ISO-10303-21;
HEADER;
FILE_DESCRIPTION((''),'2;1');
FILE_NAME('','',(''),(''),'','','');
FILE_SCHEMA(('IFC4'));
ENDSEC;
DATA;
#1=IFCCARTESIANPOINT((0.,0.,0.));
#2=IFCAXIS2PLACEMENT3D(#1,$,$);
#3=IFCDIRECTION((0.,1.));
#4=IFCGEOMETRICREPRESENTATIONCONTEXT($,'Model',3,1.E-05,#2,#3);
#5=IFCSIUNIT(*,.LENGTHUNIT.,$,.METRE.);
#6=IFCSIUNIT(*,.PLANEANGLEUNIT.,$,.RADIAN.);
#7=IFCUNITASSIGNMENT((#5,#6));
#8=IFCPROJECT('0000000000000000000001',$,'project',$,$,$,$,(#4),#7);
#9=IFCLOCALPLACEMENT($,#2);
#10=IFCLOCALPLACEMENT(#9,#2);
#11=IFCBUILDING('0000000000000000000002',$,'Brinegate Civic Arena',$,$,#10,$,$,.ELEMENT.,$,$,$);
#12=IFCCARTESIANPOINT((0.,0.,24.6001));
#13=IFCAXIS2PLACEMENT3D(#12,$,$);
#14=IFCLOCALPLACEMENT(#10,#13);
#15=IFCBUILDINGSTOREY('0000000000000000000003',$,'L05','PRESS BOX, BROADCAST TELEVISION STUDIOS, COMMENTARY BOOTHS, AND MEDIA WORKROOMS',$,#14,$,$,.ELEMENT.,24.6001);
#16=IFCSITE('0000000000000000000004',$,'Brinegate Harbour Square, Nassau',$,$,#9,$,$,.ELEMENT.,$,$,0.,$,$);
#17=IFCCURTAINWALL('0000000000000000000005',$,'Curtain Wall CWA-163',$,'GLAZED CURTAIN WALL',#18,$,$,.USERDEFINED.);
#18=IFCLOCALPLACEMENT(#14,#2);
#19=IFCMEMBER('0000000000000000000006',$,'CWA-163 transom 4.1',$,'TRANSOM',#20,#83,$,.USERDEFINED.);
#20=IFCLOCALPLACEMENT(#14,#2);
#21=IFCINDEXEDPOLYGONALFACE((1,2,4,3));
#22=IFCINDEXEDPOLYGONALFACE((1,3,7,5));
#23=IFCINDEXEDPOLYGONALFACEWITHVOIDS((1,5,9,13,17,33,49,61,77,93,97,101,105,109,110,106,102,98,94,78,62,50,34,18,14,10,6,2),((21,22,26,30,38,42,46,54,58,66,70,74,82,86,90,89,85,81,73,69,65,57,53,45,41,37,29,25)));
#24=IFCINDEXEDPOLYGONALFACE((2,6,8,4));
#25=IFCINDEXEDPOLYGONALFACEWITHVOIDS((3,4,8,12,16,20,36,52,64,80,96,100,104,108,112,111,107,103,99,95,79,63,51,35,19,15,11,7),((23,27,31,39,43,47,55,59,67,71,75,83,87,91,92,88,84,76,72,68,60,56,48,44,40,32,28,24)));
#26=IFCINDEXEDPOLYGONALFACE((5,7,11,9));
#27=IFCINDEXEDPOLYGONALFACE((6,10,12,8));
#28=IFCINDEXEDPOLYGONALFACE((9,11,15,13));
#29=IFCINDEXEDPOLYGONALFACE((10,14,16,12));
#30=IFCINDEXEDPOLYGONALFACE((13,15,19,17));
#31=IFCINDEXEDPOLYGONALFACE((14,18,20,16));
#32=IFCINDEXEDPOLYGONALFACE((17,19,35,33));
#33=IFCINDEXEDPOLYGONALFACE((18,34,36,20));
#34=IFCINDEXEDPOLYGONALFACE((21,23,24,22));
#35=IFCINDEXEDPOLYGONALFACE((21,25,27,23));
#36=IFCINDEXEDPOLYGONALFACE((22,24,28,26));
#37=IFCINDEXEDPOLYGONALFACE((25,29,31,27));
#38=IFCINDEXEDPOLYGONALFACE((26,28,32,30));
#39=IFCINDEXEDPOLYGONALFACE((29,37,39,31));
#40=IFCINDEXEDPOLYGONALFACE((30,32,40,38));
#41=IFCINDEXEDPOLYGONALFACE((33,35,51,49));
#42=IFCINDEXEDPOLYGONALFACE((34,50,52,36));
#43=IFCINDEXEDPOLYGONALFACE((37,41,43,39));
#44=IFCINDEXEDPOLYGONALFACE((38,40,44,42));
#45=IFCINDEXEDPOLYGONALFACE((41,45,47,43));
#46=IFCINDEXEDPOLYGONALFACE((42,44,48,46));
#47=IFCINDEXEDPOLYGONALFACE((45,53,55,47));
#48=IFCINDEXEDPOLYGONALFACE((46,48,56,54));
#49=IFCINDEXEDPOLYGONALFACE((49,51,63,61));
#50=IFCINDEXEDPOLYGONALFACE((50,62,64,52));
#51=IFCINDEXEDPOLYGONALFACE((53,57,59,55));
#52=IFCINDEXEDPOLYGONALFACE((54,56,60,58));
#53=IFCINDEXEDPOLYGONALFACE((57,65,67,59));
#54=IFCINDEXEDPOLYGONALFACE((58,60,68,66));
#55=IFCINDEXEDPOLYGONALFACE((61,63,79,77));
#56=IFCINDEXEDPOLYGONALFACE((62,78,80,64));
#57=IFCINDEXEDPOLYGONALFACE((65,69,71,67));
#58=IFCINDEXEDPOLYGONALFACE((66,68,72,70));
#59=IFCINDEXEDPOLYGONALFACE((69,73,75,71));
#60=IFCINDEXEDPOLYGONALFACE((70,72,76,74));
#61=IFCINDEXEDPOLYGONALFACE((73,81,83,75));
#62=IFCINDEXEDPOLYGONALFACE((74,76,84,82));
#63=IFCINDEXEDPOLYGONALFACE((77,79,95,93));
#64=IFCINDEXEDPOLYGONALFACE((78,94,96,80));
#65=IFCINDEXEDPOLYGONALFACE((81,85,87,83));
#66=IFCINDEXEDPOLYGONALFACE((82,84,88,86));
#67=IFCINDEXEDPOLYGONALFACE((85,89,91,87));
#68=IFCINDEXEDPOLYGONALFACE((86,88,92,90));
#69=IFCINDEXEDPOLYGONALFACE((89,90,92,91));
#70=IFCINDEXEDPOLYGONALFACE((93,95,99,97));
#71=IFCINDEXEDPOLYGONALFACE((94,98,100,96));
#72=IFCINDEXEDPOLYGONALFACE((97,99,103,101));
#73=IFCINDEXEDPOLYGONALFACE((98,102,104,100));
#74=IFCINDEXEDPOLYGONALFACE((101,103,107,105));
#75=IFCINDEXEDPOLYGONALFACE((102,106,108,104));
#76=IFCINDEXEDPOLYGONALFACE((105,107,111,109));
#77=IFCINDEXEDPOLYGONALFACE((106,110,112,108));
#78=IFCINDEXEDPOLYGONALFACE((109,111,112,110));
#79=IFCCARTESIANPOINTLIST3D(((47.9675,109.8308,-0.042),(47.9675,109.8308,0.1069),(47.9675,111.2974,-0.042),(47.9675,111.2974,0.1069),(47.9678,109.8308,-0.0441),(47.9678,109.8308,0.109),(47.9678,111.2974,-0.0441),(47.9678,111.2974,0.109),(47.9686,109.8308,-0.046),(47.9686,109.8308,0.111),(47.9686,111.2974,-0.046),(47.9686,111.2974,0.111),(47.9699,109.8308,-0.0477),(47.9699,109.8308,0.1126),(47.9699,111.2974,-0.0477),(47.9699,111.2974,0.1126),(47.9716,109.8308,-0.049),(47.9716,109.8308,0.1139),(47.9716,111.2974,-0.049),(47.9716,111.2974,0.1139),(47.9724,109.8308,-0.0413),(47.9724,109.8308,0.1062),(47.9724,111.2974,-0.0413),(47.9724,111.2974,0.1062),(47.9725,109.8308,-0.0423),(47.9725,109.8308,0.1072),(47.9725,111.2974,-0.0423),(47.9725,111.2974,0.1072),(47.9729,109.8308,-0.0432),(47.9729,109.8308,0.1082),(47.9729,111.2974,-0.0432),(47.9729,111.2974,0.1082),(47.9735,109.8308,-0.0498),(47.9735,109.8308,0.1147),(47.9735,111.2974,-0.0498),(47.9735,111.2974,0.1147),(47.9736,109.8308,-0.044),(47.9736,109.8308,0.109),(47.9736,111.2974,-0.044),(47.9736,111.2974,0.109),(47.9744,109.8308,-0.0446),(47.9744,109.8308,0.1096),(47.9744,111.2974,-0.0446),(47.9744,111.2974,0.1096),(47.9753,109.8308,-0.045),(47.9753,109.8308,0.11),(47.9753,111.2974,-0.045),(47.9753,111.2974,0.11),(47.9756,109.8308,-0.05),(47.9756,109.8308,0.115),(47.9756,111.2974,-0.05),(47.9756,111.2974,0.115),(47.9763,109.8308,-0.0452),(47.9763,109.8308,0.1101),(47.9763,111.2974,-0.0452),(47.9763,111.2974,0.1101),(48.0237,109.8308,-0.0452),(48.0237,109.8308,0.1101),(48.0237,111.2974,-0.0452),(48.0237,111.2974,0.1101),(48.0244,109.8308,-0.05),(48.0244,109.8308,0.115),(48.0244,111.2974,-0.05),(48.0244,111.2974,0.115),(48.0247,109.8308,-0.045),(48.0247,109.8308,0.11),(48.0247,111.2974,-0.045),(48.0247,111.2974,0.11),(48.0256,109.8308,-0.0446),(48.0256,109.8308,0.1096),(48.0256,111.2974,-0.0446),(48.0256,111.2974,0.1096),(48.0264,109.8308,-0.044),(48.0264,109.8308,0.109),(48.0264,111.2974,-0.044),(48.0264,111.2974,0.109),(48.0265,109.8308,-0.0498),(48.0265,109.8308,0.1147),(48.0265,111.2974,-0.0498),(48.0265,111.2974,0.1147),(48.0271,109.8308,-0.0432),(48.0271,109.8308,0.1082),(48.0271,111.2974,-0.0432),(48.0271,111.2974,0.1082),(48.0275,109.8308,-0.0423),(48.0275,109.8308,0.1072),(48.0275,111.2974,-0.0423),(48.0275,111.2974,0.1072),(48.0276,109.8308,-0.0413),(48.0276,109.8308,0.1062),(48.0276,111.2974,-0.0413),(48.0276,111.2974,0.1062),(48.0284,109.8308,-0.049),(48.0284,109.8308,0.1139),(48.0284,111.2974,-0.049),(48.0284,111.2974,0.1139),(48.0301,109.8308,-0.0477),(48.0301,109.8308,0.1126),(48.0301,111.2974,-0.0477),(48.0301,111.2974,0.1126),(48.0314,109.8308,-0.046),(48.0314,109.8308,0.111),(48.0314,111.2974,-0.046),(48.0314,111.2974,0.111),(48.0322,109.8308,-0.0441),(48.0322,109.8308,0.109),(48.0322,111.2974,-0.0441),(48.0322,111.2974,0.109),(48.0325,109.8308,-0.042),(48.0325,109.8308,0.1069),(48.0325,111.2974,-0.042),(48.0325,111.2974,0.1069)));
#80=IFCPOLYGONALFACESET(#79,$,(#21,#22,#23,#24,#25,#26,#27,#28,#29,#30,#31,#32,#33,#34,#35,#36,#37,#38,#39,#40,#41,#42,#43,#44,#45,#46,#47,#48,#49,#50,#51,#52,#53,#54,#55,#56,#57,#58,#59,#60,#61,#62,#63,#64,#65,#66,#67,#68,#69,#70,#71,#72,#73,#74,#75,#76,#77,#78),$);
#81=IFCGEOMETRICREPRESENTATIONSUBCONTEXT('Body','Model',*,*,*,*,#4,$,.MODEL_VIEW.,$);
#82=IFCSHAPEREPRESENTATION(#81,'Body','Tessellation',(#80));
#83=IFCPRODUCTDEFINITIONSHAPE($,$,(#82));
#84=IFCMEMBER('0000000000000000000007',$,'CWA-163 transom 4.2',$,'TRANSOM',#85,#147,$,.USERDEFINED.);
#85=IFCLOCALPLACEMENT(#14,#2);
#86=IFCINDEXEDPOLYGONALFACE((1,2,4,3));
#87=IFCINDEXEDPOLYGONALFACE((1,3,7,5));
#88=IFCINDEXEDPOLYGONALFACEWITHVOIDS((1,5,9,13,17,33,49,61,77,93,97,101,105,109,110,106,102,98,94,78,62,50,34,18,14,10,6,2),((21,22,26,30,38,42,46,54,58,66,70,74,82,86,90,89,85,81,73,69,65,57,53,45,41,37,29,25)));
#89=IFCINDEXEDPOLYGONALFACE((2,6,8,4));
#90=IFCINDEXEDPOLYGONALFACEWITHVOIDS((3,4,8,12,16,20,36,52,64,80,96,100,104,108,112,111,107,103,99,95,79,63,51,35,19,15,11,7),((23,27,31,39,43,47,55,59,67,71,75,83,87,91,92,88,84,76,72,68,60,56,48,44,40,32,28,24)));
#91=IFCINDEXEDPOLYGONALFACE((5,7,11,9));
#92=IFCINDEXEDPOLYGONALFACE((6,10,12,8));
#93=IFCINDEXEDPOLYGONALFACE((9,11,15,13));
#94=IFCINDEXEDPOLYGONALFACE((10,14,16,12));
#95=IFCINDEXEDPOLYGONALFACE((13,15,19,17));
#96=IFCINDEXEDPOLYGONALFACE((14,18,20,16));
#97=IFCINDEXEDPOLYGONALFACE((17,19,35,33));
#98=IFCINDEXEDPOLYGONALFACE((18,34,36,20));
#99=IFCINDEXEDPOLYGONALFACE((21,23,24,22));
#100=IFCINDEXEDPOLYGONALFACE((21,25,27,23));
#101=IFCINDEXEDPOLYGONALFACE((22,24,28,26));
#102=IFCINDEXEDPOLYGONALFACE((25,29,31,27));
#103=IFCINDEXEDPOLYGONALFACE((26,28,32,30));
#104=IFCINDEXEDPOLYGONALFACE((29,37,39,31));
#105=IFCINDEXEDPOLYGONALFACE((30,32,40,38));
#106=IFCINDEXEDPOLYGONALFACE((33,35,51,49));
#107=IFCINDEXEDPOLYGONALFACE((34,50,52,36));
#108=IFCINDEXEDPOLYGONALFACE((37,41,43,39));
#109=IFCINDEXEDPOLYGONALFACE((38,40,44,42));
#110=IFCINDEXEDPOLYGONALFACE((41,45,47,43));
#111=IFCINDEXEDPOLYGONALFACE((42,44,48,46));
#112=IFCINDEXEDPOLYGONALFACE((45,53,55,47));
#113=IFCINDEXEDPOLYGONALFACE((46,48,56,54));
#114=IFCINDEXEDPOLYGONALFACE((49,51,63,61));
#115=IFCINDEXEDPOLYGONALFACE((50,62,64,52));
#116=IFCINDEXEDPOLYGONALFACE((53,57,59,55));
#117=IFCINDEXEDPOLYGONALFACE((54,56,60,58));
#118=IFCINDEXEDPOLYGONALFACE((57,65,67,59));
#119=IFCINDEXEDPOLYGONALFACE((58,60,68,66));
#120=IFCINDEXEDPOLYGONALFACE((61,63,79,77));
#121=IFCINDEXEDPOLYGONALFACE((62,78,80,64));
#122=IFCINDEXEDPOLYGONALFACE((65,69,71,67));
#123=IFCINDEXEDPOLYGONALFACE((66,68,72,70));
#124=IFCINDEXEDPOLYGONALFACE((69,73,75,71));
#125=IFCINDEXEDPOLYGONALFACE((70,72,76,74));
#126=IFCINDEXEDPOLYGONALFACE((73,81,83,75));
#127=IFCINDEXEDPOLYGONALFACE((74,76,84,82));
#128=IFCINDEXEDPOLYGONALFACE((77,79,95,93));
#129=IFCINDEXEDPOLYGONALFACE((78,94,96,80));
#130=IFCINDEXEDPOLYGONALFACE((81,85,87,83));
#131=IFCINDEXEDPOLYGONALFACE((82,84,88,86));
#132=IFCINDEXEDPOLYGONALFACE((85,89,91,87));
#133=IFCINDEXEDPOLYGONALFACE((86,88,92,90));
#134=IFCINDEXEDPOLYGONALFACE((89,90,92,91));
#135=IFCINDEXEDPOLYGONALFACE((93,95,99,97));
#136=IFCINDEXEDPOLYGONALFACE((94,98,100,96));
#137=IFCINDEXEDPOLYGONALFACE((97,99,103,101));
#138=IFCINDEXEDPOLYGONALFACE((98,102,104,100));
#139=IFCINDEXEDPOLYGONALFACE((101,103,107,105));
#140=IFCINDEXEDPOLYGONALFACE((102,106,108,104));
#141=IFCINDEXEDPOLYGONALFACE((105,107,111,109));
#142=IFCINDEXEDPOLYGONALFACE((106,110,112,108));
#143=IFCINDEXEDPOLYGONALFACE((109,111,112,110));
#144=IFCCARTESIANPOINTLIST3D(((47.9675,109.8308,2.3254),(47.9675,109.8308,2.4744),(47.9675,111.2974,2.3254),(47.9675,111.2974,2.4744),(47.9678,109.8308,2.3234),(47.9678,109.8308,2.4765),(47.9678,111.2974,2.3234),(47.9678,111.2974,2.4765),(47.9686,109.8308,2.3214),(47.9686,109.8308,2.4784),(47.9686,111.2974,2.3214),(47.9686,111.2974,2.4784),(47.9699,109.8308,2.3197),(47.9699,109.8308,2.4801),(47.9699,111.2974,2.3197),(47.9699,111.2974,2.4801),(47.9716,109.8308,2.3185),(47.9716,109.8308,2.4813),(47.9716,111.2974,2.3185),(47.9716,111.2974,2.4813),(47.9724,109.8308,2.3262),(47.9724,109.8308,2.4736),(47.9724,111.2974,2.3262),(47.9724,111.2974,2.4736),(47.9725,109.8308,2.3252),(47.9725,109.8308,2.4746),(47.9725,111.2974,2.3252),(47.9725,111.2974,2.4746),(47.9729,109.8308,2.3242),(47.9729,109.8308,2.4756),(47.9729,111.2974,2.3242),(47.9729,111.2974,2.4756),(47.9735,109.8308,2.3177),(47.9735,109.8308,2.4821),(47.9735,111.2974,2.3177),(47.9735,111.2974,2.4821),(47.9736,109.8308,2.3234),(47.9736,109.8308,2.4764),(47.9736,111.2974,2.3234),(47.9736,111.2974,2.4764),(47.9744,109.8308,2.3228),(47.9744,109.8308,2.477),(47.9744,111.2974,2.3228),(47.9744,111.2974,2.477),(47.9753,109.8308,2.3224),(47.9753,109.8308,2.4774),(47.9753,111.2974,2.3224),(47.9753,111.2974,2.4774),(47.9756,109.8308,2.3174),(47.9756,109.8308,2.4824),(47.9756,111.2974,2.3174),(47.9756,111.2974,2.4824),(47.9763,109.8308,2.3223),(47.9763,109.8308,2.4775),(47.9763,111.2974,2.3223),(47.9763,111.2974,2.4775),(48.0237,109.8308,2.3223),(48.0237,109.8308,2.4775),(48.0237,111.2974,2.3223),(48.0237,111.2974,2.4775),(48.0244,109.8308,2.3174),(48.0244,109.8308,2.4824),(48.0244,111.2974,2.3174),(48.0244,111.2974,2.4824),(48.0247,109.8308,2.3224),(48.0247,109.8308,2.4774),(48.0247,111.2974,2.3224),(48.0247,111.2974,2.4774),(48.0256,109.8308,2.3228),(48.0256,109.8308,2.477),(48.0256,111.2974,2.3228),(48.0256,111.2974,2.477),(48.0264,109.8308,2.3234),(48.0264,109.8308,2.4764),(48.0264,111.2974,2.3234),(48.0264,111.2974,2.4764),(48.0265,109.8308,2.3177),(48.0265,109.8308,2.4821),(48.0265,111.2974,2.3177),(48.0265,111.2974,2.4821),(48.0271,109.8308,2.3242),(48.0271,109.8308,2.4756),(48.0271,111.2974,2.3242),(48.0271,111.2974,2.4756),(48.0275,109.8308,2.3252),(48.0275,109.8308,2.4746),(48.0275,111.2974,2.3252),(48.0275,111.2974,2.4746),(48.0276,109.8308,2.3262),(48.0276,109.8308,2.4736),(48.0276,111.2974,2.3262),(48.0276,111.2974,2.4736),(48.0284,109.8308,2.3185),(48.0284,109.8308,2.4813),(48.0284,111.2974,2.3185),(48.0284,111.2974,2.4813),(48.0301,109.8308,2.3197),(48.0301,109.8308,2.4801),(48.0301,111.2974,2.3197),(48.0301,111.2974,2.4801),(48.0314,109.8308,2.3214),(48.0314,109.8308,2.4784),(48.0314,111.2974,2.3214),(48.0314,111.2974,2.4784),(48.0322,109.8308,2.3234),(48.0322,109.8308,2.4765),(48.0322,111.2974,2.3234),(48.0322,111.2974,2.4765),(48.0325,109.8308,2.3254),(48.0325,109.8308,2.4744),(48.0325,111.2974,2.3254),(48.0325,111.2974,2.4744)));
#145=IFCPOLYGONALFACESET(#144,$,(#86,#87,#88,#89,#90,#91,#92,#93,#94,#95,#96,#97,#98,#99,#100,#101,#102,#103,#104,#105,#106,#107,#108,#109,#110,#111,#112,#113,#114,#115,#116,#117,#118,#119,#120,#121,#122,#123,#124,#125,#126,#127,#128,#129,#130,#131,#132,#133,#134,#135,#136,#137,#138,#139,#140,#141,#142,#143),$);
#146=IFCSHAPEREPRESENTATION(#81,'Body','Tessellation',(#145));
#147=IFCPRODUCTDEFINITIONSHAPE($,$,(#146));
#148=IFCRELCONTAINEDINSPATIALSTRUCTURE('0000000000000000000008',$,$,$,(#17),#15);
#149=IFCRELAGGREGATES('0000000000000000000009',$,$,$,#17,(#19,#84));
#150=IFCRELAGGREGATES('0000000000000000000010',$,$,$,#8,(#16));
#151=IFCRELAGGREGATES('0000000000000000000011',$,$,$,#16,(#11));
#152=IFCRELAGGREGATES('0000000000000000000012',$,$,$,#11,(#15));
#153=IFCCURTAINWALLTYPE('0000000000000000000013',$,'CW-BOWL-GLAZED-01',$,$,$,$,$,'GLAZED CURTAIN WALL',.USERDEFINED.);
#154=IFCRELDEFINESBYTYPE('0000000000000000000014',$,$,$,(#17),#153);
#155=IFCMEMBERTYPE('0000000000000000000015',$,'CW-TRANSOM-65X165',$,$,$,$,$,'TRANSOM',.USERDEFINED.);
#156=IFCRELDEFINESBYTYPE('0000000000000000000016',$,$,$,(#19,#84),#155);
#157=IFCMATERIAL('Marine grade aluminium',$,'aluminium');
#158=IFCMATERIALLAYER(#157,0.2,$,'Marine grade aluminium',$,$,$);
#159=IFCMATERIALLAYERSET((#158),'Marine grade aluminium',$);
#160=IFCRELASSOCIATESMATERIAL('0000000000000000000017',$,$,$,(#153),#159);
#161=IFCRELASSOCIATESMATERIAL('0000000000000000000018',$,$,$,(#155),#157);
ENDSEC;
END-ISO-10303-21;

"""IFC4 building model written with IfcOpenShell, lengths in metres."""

from ifc_helpers import new_model, si_unit, direction, frame, origin, origin_2d, place, context, subcontext, project, spatial, hollow_rectangle, extrude, material, layer, layer_set, material_profile, profile_set, type_object, element, aggregate, save


model = new_model("IFC4")

# Units and contexts
model_context = context("Model", 3, precision=1e-05, world=origin(), true_north=direction((0.0, 1.0)))
body_context = subcontext(model_context, "Body", "Model", "MODEL_VIEW")
ifc_project = project(units=[si_unit("LENGTHUNIT", "METRE"), si_unit("PLANEANGLEUNIT", "RADIAN")], contexts=[model_context])

# Site, building, storey
site_placement = place(None, origin())
site = spatial("IfcSite", under=ifc_project, at=site_placement, Name="Brinegate Harbour Square, Nassau", CompositionType="ELEMENT", RefElevation=0.0)
building_placement = place(site_placement, origin())
building = spatial("IfcBuilding", under=site, at=building_placement, Name="Brinegate Civic Arena", CompositionType="ELEMENT")
storey_placement = place(building_placement, frame((0.0, 0.0, 24.6001)))
storey = spatial("IfcBuildingStorey", under=building, at=storey_placement, Name="L05", Description="PRESS BOX, BROADCAST TELEVISION STUDIOS, COMMENTARY BOOTHS, AND MEDIA WORKROOMS", CompositionType="ELEMENT", Elevation=24.6001)

# Curtain wall, members
ifc_material_1 = material(Name="Marine grade aluminium", Category="aluminium")
ifc_layer_1 = layer(ifc_material_1, 0.2, Name="Marine grade aluminium")
ifc_layer_set_1 = layer_set([ifc_layer_1], Name="Marine grade aluminium")
curtain_wall_type = type_object("IfcCurtainWallType", Name="CW-BOWL-GLAZED-01", ElementType="GLAZED CURTAIN WALL", PredefinedType="USERDEFINED", material=ifc_layer_set_1)
curtain_wall_placement = place(storey_placement, origin())
curtain_wall = element("IfcCurtainWall", 1, at=curtain_wall_placement, inside=storey, type_object=curtain_wall_type, Name="Curtain Wall CWA-163", ObjectType="GLAZED CURTAIN WALL", PredefinedType="USERDEFINED")
ifc_material_profile_1 = material_profile(ifc_material_1, hollow_rectangle(XDim=0.0649, YDim=0.165, WallThickness=0.0049, InnerFilletRadius=0.0039, OuterFilletRadius=0.0081, at=origin_2d()), Name="TRN65X165")
ifc_profile_set_1 = profile_set([ifc_material_profile_1], Name="Marine grade aluminium")
member_type_1 = type_object("IfcMemberType", Name="CW-TRANSOM-65X165", ElementType="TRANSOM", PredefinedType="USERDEFINED", material=ifc_profile_set_1)
member_1_placement = place(storey_placement, frame((48.0, 109.8308, 0.0325), z_axis=(0.0, 1.0, 0.0), x_axis=(-1.0, 0.0, 0.0)))
member_1 = element("IfcMember", 2, at=member_1_placement, type_object=member_type_1, Name="CWA-163 transom 4.1", ObjectType="TRANSOM", PredefinedType="USERDEFINED", context=body_context, shape_type="SweptSolid", body=[
    extrude(hollow_rectangle(XDim=0.0649, YDim=0.165, WallThickness=0.0049, InnerFilletRadius=0.0039, OuterFilletRadius=0.0081, at=origin_2d()), origin(), (0.0, 0.0, 1.0), 1.4666),
])
member_2_placement = place(storey_placement, frame((48.0, 109.8308, 2.3999), z_axis=(0.0, 1.0, 0.0), x_axis=(-1.0, 0.0, 0.0)))
member_2 = element("IfcMember", 3, at=member_2_placement, type_object=member_type_1, Name="CWA-163 transom 4.2", ObjectType="TRANSOM", PredefinedType="USERDEFINED", context=body_context, shape_type="SweptSolid", body=[
    extrude(hollow_rectangle(XDim=0.0649, YDim=0.165, WallThickness=0.0049, InnerFilletRadius=0.0039, OuterFilletRadius=0.0081, at=origin_2d()), origin(), (0.0, 0.0, 1.0), 1.4666),
])

aggregate(curtain_wall, [member_1, member_2])

save(model, "model.ifc")
